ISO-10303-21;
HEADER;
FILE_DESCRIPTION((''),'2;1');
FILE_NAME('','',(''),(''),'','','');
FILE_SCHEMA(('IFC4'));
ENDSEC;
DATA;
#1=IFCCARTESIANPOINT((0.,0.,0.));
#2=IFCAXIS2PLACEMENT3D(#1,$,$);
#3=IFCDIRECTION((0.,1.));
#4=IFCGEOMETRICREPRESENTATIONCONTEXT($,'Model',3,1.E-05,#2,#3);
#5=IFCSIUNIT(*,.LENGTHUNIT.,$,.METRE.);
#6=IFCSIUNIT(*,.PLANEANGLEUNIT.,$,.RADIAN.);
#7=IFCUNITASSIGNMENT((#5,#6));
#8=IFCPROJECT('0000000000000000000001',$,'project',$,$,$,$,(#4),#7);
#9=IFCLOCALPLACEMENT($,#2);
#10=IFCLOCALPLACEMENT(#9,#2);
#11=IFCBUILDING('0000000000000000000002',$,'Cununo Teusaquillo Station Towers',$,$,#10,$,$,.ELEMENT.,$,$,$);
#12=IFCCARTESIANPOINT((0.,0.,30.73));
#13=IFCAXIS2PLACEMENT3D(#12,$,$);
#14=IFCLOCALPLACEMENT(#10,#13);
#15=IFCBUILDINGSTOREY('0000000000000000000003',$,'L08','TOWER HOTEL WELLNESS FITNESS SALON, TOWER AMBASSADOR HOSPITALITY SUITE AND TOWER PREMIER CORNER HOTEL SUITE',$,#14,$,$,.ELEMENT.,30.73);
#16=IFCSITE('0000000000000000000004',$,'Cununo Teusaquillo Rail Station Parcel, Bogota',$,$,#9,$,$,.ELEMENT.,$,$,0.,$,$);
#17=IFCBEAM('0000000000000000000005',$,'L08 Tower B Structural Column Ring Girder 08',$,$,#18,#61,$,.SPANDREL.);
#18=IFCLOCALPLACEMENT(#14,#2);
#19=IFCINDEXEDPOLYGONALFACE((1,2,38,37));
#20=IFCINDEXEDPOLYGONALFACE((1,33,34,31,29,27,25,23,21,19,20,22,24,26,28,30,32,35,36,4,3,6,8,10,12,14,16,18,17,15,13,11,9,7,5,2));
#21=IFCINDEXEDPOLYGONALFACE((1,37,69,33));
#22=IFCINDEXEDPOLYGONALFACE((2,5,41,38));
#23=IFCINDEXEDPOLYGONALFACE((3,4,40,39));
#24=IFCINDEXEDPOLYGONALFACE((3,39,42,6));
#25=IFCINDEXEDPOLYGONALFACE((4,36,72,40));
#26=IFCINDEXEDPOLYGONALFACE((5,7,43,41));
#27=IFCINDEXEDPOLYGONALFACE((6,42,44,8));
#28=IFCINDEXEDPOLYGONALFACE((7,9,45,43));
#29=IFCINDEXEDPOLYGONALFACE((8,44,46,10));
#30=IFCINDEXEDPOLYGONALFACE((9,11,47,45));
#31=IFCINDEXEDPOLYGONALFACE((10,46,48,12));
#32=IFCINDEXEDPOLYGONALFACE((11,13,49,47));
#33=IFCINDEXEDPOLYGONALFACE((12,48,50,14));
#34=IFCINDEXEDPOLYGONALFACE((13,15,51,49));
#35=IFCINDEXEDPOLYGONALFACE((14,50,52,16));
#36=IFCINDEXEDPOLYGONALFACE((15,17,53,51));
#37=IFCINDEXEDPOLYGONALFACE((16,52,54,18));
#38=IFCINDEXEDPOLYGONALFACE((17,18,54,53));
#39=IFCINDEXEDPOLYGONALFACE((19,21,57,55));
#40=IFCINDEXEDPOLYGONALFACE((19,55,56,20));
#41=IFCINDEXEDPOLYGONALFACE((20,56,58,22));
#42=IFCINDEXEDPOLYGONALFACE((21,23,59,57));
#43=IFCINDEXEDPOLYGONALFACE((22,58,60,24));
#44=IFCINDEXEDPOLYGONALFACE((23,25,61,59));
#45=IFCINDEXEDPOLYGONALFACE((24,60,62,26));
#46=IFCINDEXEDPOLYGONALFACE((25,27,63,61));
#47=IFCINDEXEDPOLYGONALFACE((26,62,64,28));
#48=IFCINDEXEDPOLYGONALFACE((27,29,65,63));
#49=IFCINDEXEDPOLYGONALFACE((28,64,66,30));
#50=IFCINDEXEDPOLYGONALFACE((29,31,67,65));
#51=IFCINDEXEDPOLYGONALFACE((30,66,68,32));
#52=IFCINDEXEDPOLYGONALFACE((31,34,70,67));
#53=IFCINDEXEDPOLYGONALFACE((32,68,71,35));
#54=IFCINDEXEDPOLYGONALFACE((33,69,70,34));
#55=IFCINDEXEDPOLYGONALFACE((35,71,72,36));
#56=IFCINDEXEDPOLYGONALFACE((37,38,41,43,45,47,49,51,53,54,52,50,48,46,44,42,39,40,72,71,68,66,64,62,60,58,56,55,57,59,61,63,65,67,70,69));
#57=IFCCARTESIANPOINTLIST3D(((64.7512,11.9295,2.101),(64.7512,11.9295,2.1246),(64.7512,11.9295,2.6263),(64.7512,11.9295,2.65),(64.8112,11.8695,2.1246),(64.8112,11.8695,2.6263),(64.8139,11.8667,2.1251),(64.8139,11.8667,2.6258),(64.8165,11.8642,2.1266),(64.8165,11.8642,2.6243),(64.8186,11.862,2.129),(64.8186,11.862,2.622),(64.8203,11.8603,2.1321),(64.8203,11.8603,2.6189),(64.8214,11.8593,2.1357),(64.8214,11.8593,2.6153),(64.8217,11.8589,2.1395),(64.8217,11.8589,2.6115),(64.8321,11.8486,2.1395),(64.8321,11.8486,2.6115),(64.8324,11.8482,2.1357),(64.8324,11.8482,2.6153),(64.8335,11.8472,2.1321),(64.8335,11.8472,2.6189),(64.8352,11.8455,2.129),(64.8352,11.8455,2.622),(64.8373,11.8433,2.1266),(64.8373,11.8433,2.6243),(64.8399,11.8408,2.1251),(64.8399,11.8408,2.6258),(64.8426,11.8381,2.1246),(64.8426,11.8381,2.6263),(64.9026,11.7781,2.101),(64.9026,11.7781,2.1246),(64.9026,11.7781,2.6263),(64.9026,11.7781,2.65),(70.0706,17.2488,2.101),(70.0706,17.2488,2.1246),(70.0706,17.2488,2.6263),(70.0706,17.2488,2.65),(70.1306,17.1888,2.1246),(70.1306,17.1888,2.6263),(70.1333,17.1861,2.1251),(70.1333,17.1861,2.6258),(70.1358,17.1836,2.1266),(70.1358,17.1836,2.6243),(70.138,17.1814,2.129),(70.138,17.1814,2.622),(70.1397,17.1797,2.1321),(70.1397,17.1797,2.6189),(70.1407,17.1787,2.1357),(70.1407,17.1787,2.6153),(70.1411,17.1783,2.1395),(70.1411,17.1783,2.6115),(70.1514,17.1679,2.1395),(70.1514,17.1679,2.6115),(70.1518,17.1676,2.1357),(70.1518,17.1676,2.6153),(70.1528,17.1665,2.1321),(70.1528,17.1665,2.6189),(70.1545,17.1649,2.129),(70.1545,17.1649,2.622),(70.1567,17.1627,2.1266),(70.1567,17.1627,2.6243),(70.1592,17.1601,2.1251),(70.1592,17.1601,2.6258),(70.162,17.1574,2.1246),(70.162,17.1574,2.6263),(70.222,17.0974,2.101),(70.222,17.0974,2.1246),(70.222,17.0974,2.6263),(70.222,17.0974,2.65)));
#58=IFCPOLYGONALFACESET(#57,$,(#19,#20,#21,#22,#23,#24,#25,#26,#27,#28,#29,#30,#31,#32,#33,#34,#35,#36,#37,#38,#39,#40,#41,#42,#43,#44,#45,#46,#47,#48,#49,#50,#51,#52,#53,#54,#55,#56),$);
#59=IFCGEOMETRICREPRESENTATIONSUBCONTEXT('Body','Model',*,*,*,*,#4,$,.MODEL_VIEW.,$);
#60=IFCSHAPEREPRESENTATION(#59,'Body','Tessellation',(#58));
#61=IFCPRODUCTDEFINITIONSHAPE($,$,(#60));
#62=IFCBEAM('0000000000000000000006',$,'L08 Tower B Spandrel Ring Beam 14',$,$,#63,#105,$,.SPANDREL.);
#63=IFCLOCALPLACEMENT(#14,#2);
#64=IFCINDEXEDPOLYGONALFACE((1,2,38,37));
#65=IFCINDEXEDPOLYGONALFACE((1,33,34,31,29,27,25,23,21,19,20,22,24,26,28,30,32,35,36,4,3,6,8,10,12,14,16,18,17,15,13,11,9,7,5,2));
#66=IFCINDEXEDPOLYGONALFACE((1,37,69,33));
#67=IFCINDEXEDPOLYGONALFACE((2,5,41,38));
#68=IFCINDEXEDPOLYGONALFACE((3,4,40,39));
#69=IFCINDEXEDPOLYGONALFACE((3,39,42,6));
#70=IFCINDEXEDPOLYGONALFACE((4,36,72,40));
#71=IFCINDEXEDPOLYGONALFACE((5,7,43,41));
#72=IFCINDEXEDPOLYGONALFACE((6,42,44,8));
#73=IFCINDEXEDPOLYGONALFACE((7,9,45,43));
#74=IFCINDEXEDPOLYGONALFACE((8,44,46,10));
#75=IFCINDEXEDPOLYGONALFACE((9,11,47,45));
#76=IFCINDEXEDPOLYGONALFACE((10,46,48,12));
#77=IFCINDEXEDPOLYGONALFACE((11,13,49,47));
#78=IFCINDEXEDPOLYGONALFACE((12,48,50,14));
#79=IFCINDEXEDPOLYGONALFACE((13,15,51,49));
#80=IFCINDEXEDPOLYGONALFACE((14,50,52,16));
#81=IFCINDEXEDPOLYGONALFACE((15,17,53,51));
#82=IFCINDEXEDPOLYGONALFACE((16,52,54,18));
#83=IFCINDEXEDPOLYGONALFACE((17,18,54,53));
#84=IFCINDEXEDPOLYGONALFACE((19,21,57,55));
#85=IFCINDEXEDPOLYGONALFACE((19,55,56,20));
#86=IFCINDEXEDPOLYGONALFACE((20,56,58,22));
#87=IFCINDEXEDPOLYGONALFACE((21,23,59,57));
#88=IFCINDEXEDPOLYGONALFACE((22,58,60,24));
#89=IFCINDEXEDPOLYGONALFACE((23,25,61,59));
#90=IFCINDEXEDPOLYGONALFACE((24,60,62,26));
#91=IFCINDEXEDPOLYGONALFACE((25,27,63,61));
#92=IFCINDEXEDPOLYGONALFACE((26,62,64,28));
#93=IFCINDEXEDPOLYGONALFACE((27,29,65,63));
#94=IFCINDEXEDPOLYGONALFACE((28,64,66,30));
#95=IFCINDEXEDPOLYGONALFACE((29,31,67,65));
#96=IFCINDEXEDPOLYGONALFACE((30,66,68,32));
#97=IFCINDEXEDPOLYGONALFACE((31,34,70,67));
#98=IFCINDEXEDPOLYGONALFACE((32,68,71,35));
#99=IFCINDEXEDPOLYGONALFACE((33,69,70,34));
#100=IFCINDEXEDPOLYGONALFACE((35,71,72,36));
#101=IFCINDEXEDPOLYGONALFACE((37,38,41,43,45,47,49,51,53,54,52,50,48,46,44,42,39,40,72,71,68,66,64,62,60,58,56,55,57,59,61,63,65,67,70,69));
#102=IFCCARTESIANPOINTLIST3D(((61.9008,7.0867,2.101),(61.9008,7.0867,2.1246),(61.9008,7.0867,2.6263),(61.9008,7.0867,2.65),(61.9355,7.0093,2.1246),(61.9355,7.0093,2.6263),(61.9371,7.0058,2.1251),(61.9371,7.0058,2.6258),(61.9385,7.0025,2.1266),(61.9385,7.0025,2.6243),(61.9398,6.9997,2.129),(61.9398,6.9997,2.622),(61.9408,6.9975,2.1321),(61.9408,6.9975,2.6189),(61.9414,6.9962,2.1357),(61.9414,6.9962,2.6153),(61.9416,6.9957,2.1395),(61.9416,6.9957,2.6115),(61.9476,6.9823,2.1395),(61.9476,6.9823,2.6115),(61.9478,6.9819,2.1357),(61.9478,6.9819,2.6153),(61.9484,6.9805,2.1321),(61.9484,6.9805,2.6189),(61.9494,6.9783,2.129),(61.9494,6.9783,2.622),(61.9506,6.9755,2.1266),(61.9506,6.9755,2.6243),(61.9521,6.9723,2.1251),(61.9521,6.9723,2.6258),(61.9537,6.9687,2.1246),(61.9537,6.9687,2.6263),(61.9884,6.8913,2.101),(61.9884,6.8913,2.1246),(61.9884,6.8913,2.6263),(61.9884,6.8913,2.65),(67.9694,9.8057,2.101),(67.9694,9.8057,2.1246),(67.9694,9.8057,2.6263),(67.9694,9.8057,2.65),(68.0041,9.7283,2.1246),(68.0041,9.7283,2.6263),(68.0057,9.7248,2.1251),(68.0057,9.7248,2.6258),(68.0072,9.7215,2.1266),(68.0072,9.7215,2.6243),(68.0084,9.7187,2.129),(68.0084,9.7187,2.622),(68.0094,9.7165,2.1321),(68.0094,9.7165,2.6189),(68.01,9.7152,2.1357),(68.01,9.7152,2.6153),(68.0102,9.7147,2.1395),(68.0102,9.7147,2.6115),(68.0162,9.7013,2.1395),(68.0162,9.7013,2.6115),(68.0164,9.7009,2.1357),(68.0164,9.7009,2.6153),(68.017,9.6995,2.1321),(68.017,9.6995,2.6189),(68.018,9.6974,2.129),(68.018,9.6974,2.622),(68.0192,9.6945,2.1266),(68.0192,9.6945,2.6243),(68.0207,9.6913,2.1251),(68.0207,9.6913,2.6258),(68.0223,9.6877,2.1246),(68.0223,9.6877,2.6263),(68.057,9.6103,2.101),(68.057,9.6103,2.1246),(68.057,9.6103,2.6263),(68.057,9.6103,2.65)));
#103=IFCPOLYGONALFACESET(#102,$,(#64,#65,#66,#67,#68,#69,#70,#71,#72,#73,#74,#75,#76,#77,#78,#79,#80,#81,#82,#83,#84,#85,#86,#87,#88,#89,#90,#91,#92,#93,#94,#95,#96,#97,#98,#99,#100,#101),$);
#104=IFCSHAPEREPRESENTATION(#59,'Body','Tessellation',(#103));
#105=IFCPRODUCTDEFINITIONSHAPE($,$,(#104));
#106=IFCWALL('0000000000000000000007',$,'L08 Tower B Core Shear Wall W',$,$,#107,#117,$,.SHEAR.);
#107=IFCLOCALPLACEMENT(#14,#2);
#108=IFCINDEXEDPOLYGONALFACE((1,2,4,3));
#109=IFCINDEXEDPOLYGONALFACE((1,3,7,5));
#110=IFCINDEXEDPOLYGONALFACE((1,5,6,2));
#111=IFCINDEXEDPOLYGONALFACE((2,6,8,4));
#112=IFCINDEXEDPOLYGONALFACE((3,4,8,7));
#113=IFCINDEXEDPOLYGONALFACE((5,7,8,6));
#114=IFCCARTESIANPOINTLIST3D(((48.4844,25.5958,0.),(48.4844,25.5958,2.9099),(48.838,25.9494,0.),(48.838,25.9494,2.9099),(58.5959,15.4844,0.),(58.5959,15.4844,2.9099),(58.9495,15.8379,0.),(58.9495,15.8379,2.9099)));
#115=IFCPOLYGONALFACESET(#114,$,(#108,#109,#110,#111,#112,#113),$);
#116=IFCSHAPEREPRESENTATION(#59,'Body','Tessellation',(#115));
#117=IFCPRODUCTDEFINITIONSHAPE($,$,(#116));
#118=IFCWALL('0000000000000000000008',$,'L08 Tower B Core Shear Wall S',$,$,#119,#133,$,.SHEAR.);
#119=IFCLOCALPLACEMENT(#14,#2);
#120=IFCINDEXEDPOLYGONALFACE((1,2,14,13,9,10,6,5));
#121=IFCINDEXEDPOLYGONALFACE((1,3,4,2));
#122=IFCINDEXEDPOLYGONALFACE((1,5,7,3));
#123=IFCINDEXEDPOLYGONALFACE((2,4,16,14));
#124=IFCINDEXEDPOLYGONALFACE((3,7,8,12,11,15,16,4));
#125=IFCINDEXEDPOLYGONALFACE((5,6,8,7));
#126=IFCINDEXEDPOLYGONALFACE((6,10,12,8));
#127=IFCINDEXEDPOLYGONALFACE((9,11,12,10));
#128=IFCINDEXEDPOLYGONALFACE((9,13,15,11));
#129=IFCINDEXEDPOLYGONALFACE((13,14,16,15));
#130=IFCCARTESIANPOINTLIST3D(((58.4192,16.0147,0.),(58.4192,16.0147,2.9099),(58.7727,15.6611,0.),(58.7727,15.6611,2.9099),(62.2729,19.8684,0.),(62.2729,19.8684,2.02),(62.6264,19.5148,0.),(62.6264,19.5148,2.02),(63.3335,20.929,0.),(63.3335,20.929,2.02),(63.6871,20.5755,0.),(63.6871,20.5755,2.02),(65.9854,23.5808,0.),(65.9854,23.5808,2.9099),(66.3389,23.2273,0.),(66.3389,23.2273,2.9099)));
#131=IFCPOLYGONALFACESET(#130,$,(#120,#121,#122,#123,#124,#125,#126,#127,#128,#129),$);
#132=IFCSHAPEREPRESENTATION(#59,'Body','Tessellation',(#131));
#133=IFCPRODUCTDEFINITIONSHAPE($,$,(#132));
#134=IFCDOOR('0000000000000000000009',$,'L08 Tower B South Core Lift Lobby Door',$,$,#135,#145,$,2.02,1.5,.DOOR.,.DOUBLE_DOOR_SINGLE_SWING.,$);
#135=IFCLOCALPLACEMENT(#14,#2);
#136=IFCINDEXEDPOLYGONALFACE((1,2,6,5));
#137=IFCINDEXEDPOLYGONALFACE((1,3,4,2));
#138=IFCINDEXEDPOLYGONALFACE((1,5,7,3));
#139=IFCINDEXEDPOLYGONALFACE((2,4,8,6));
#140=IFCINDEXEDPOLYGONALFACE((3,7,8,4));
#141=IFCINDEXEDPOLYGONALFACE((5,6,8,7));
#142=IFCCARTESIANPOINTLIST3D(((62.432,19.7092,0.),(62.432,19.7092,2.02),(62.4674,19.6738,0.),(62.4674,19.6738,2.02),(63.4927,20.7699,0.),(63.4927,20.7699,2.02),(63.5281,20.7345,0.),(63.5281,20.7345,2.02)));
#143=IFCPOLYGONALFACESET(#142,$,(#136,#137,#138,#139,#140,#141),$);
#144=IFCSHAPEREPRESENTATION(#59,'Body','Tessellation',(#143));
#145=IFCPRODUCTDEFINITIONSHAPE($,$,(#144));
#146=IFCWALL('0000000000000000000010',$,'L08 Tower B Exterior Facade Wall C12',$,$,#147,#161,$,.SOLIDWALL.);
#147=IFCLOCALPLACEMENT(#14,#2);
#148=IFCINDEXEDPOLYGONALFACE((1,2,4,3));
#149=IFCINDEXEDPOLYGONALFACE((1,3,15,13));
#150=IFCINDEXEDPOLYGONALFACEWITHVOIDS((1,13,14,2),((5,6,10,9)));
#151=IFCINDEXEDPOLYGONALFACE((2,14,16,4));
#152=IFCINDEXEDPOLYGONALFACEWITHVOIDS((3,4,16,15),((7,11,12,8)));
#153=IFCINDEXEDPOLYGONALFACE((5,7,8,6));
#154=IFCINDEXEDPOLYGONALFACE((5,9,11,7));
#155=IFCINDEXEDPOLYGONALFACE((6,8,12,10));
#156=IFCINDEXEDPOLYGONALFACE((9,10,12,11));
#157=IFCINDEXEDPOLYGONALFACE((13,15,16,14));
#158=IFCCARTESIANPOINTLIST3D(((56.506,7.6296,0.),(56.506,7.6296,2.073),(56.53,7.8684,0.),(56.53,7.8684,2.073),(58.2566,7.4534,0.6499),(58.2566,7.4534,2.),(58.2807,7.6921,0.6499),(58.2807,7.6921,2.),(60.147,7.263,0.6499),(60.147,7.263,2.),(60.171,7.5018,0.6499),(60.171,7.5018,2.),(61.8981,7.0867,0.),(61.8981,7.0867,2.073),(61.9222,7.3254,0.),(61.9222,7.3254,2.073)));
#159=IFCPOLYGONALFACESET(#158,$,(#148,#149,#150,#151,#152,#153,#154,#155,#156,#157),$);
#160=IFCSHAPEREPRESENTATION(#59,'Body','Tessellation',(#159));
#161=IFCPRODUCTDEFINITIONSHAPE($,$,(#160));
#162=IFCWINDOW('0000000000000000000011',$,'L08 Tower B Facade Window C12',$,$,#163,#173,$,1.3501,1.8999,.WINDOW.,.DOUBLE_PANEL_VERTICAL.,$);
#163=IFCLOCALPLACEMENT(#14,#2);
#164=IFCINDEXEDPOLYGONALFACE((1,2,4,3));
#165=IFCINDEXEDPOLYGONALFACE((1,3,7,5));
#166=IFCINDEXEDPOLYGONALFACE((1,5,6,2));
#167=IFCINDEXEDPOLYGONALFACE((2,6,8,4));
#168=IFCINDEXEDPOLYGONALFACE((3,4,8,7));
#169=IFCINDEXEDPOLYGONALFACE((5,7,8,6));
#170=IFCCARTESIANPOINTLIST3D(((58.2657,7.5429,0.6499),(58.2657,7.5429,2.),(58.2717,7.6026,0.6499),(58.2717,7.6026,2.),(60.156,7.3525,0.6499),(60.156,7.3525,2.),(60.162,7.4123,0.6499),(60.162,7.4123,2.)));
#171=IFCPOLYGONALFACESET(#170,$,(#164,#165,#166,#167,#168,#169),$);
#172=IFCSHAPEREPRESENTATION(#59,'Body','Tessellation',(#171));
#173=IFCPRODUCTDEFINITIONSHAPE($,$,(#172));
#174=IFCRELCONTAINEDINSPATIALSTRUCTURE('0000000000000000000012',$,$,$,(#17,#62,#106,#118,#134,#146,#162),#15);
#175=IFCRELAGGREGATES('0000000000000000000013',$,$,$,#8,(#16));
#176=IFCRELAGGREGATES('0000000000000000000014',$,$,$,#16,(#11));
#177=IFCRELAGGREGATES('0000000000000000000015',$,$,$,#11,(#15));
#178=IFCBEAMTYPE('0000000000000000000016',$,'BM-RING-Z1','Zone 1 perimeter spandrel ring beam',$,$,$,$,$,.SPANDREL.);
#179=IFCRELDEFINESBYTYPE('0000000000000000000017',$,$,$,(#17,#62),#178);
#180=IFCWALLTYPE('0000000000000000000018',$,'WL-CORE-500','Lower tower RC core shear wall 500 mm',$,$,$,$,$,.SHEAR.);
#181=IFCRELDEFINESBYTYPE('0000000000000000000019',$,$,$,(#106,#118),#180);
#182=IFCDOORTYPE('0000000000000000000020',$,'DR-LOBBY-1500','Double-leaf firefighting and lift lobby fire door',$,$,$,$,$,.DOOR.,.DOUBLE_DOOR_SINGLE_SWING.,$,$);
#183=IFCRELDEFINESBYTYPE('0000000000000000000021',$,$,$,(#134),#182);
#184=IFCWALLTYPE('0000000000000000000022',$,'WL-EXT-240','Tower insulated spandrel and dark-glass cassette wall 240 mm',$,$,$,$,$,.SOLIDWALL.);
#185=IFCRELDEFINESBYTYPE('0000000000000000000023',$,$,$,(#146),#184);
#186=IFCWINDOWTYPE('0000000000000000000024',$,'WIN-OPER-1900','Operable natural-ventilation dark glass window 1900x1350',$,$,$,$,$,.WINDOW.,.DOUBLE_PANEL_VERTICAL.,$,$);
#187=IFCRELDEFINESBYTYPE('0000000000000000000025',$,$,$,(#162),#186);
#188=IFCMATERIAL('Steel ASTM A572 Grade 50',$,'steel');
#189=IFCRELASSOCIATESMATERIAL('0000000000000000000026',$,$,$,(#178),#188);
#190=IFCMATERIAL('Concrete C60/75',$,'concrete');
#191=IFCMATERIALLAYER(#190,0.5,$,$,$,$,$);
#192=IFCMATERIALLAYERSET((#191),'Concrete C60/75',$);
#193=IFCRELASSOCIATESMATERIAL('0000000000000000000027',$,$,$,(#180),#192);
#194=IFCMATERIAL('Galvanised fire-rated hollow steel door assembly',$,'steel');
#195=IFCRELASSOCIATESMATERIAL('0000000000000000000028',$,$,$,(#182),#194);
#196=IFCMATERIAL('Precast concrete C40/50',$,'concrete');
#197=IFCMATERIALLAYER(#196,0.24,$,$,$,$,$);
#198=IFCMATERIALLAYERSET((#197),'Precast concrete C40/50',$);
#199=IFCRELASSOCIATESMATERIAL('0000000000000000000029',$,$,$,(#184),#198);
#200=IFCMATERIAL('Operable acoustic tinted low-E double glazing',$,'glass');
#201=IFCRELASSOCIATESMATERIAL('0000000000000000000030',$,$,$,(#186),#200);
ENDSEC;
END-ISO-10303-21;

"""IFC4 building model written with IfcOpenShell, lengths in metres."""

from ifc_helpers import new_model, si_unit, direction, frame, frame_2d, origin, origin_2d, place, context, subcontext, project, spatial, rectangle, i_section, extrude, source, transform, mapped, material, layer, layer_set, material_profile, profile_set, type_object, element, fill, save


model = new_model("IFC4")

# Units and contexts
model_context = context("Model", 3, precision=1e-05, world=origin(), true_north=direction((0.0, 1.0)))
body_context = subcontext(model_context, "Body", "Model", "MODEL_VIEW")
ifc_project = project(units=[si_unit("LENGTHUNIT", "METRE"), si_unit("PLANEANGLEUNIT", "RADIAN")], contexts=[model_context])

# Site, building, storey
site_placement = place(None, origin())
site = spatial("IfcSite", under=ifc_project, at=site_placement, Name="Cununo Teusaquillo Rail Station Parcel, Bogota", CompositionType="ELEMENT", RefElevation=0.0)
building_placement = place(site_placement, origin())
building = spatial("IfcBuilding", under=site, at=building_placement, Name="Cununo Teusaquillo Station Towers", CompositionType="ELEMENT")
storey_placement = place(building_placement, frame((0.0, 0.0, 30.73)))
storey = spatial("IfcBuildingStorey", under=building, at=storey_placement, Name="L08", Description="TOWER HOTEL WELLNESS FITNESS SALON, TOWER AMBASSADOR HOSPITALITY SUITE AND TOWER PREMIER CORNER HOTEL SUITE", CompositionType="ELEMENT", Elevation=30.73)

# Beams
ifc_material_1 = material(Name="Steel ASTM A572 Grade 50", Category="steel")
ifc_material_profile_1 = material_profile(ifc_material_1, i_section(OverallWidth=0.2141, OverallDepth=0.5491, WebThickness=0.0146, FlangeThickness=0.0237, FilletRadius=0.0149, at=origin_2d()), Name="W21X93")
ifc_profile_set_1 = profile_set([ifc_material_profile_1], Name="Steel ASTM A572 Grade 50")
beam_type_1 = type_object("IfcBeamType", Name="BM-RING-Z1", Description="Zone 1 perimeter spandrel ring beam", PredefinedType="SPANDREL", material=ifc_profile_set_1)
beam_1_placement = place(storey_placement, frame((64.8269, 11.8538, 2.3755), z_axis=(0.707107, 0.707107, 0.0), x_axis=(-0.707107, 0.707107, 0.0)))
element("IfcBeam", 1, at=beam_1_placement, inside=storey, type_object=beam_type_1, Name="L08 Tower B Structural Column Ring Girder 08", PredefinedType="SPANDREL", context=body_context, shape_type="SweptSolid", body=[
    extrude(i_section(OverallWidth=0.2141, OverallDepth=0.5491, WebThickness=0.0146, FlangeThickness=0.0237, FilletRadius=0.0149, at=origin_2d()), origin(), (0.0, 0.0, 1.0), 7.5227),
])
beam_2_placement = place(storey_placement, frame((61.9446, 6.989, 2.3755), z_axis=(0.912589, 0.408879, 0.0), x_axis=(-0.408879, 0.912589, 0.0)))
element("IfcBeam", 2, at=beam_2_placement, inside=storey, type_object=beam_type_1, Name="L08 Tower B Spandrel Ring Beam 14", PredefinedType="SPANDREL", context=body_context, shape_type="SweptSolid", body=[
    extrude(i_section(OverallWidth=0.2141, OverallDepth=0.5491, WebThickness=0.0146, FlangeThickness=0.0237, FilletRadius=0.0149, at=origin_2d()), origin(), (0.0, 0.0, 1.0), 6.6499),
])

# Wall
ifc_material_2 = material(Name="Concrete C60/75", Category="concrete")
ifc_layer_1 = layer(ifc_material_2, 0.5)
ifc_layer_set_1 = layer_set([ifc_layer_1], Name="Concrete C60/75")
wall_type_1 = type_object("IfcWallType", Name="WL-CORE-500", Description="Lower tower RC core shear wall 500 mm", PredefinedType="SHEAR", material=ifc_layer_set_1)
wall_1_placement = place(storey_placement, frame((58.7727, 15.6611, 0.0), z_axis=(0.0, 0.0, 1.0), x_axis=(-0.707107, 0.707107, 0.0)))
element("IfcWall", 3, at=wall_1_placement, inside=storey, type_object=wall_type_1, Name="L08 Tower B Core Shear Wall W", PredefinedType="SHEAR", context=body_context, shape_type="SweptSolid", body=[
    extrude(rectangle(XDim=14.2998, YDim=0.5, at=frame_2d((7.1499, 0.0))), origin(), (0.0, 0.0, 1.0), 2.9099),
])

# Wall, opening, door
wall_2_placement = place(storey_placement, frame((58.5959, 15.8379, 0.0), z_axis=(0.0, 0.0, 1.0), x_axis=(0.707107, 0.707107, 0.0)))
wall_2 = element("IfcWall", 4, at=wall_2_placement, inside=storey, type_object=wall_type_1, Name="L08 Tower B Core Shear Wall S", PredefinedType="SHEAR", context=body_context, shape_type="SweptSolid", body=[
    extrude(rectangle(XDim=10.7002, YDim=0.5, at=frame_2d((5.3501, 0.0))), origin(), (0.0, 0.0, 1.0), 2.9099),
])
shared_shape_1 = source(origin(), body_context, "Body", "SweptSolid", [
    extrude(rectangle(XDim=1.5, YDim=2.02, at=frame_2d((0.75, 1.01))), frame((0.0, 0.26, 0.0), z_axis=(0.0, -1.0, 0.0), x_axis=(1.0, 0.0, 0.0)), (0.0, 0.0, 1.0), 0.52),
])
opening_1_placement = place(wall_2_placement, frame((5.45, 0.0, 0.0)))
opening_1 = element("IfcOpeningElement", 5, at=opening_1_placement, cuts=wall_2, PredefinedType="OPENING", context=body_context, shape_type="MappedRepresentation", body=[
    mapped(shared_shape_1, transform((0.0, 0.0, 0.0), x_axis=(1.0, 0.0, 0.0), y_axis=(0.0, 1.0, 0.0), z_axis=(0.0, 0.0, 1.0), scale=1.0)),
])
ifc_material_3 = material(Name="Galvanised fire-rated hollow steel door assembly", Category="steel")
door_type_1 = type_object("IfcDoorType", Name="DR-LOBBY-1500", Description="Double-leaf firefighting and lift lobby fire door", OperationType="DOUBLE_DOOR_SINGLE_SWING", PredefinedType="DOOR", material=ifc_material_3)
shared_shape_2 = source(origin(), body_context, "Body", "SweptSolid", [
    extrude(rectangle(XDim=1.5, YDim=2.02, at=frame_2d((0.75, 1.01))), frame((0.0, 0.0249, 0.0), z_axis=(0.0, -1.0, 0.0), x_axis=(1.0, 0.0, 0.0)), (0.0, 0.0, 1.0), 0.05),
])
door_1_placement = place(opening_1_placement, origin())
door_1 = element("IfcDoor", 6, at=door_1_placement, inside=storey, type_object=door_type_1, Name="L08 Tower B South Core Lift Lobby Door", OperationType="DOUBLE_DOOR_SINGLE_SWING", OverallHeight=2.02, OverallWidth=1.5, PredefinedType="DOOR", context=body_context, shape_type="MappedRepresentation", body=[
    mapped(shared_shape_2, transform((0.0, 0.0, 0.0), x_axis=(1.0, 0.0, 0.0), y_axis=(0.0, 1.0, 0.0), z_axis=(0.0, 0.0, 1.0), scale=1.0)),
])
fill(opening_1, door_1)

# Wall, opening, window
ifc_material_4 = material(Name="Precast concrete C40/50", Category="concrete")
ifc_layer_2 = layer(ifc_material_4, 0.24)
ifc_layer_set_2 = layer_set([ifc_layer_2], Name="Precast concrete C40/50")
wall_type_2 = type_object("IfcWallType", Name="WL-EXT-240", Description="Tower insulated spandrel and dark-glass cassette wall 240 mm", PredefinedType="SOLIDWALL", material=ifc_layer_set_2)
wall_3_placement = place(storey_placement, frame((61.9102, 7.2061, 0.0), z_axis=(0.0, 0.0, 1.0), x_axis=(-0.994968, 0.100191, 0.0)))
wall_3 = element("IfcWall", 7, at=wall_3_placement, inside=storey, type_object=wall_type_2, Name="L08 Tower B Exterior Facade Wall C12", PredefinedType="SOLIDWALL", context=body_context, shape_type="SweptSolid", body=[
    extrude(rectangle(XDim=5.4194, YDim=0.24, at=frame_2d((2.7097, 0.0))), origin(), (0.0, 0.0, 1.0), 2.073),
])
shared_shape_3 = source(origin(), body_context, "Body", "SweptSolid", [
    extrude(rectangle(XDim=1.8999, YDim=1.3501, at=frame_2d((0.95, 0.675))), frame((0.0, 0.1299, 0.0), z_axis=(0.0, -1.0, 0.0), x_axis=(1.0, 0.0, 0.0)), (0.0, 0.0, 1.0), 0.26),
])
opening_2_placement = place(wall_3_placement, frame((1.76, 0.0, 0.6499)))
opening_2 = element("IfcOpeningElement", 8, at=opening_2_placement, cuts=wall_3, PredefinedType="OPENING", context=body_context, shape_type="MappedRepresentation", body=[
    mapped(shared_shape_3, transform((0.0, 0.0, 0.0), x_axis=(1.0, 0.0, 0.0), y_axis=(0.0, 1.0, 0.0), z_axis=(0.0, 0.0, 1.0), scale=1.0)),
])
ifc_material_5 = material(Name="Operable acoustic tinted low-E double glazing", Category="glass")
window_type = type_object("IfcWindowType", Name="WIN-OPER-1900", Description="Operable natural-ventilation dark glass window 1900x1350", PartitioningType="DOUBLE_PANEL_VERTICAL", PredefinedType="WINDOW", material=ifc_material_5)
shared_shape_4 = source(origin(), body_context, "Body", "SweptSolid", [
    extrude(rectangle(XDim=1.8999, YDim=1.3501, at=frame_2d((0.95, 0.675))), frame((0.0, 0.03, 0.0), z_axis=(0.0, -1.0, 0.0), x_axis=(1.0, 0.0, 0.0)), (0.0, 0.0, 1.0), 0.0601),
])
window_placement = place(opening_2_placement, origin())
window = element("IfcWindow", 9, at=window_placement, inside=storey, type_object=window_type, Name="L08 Tower B Facade Window C12", OverallHeight=1.3501, OverallWidth=1.8999, PartitioningType="DOUBLE_PANEL_VERTICAL", PredefinedType="WINDOW", context=body_context, shape_type="MappedRepresentation", body=[
    mapped(shared_shape_4, transform((0.0, 0.0, 0.0), x_axis=(1.0, 0.0, 0.0), y_axis=(0.0, 1.0, 0.0), z_axis=(0.0, 0.0, 1.0), scale=1.0)),
])
fill(opening_2, window)

save(model, "model.ifc")
